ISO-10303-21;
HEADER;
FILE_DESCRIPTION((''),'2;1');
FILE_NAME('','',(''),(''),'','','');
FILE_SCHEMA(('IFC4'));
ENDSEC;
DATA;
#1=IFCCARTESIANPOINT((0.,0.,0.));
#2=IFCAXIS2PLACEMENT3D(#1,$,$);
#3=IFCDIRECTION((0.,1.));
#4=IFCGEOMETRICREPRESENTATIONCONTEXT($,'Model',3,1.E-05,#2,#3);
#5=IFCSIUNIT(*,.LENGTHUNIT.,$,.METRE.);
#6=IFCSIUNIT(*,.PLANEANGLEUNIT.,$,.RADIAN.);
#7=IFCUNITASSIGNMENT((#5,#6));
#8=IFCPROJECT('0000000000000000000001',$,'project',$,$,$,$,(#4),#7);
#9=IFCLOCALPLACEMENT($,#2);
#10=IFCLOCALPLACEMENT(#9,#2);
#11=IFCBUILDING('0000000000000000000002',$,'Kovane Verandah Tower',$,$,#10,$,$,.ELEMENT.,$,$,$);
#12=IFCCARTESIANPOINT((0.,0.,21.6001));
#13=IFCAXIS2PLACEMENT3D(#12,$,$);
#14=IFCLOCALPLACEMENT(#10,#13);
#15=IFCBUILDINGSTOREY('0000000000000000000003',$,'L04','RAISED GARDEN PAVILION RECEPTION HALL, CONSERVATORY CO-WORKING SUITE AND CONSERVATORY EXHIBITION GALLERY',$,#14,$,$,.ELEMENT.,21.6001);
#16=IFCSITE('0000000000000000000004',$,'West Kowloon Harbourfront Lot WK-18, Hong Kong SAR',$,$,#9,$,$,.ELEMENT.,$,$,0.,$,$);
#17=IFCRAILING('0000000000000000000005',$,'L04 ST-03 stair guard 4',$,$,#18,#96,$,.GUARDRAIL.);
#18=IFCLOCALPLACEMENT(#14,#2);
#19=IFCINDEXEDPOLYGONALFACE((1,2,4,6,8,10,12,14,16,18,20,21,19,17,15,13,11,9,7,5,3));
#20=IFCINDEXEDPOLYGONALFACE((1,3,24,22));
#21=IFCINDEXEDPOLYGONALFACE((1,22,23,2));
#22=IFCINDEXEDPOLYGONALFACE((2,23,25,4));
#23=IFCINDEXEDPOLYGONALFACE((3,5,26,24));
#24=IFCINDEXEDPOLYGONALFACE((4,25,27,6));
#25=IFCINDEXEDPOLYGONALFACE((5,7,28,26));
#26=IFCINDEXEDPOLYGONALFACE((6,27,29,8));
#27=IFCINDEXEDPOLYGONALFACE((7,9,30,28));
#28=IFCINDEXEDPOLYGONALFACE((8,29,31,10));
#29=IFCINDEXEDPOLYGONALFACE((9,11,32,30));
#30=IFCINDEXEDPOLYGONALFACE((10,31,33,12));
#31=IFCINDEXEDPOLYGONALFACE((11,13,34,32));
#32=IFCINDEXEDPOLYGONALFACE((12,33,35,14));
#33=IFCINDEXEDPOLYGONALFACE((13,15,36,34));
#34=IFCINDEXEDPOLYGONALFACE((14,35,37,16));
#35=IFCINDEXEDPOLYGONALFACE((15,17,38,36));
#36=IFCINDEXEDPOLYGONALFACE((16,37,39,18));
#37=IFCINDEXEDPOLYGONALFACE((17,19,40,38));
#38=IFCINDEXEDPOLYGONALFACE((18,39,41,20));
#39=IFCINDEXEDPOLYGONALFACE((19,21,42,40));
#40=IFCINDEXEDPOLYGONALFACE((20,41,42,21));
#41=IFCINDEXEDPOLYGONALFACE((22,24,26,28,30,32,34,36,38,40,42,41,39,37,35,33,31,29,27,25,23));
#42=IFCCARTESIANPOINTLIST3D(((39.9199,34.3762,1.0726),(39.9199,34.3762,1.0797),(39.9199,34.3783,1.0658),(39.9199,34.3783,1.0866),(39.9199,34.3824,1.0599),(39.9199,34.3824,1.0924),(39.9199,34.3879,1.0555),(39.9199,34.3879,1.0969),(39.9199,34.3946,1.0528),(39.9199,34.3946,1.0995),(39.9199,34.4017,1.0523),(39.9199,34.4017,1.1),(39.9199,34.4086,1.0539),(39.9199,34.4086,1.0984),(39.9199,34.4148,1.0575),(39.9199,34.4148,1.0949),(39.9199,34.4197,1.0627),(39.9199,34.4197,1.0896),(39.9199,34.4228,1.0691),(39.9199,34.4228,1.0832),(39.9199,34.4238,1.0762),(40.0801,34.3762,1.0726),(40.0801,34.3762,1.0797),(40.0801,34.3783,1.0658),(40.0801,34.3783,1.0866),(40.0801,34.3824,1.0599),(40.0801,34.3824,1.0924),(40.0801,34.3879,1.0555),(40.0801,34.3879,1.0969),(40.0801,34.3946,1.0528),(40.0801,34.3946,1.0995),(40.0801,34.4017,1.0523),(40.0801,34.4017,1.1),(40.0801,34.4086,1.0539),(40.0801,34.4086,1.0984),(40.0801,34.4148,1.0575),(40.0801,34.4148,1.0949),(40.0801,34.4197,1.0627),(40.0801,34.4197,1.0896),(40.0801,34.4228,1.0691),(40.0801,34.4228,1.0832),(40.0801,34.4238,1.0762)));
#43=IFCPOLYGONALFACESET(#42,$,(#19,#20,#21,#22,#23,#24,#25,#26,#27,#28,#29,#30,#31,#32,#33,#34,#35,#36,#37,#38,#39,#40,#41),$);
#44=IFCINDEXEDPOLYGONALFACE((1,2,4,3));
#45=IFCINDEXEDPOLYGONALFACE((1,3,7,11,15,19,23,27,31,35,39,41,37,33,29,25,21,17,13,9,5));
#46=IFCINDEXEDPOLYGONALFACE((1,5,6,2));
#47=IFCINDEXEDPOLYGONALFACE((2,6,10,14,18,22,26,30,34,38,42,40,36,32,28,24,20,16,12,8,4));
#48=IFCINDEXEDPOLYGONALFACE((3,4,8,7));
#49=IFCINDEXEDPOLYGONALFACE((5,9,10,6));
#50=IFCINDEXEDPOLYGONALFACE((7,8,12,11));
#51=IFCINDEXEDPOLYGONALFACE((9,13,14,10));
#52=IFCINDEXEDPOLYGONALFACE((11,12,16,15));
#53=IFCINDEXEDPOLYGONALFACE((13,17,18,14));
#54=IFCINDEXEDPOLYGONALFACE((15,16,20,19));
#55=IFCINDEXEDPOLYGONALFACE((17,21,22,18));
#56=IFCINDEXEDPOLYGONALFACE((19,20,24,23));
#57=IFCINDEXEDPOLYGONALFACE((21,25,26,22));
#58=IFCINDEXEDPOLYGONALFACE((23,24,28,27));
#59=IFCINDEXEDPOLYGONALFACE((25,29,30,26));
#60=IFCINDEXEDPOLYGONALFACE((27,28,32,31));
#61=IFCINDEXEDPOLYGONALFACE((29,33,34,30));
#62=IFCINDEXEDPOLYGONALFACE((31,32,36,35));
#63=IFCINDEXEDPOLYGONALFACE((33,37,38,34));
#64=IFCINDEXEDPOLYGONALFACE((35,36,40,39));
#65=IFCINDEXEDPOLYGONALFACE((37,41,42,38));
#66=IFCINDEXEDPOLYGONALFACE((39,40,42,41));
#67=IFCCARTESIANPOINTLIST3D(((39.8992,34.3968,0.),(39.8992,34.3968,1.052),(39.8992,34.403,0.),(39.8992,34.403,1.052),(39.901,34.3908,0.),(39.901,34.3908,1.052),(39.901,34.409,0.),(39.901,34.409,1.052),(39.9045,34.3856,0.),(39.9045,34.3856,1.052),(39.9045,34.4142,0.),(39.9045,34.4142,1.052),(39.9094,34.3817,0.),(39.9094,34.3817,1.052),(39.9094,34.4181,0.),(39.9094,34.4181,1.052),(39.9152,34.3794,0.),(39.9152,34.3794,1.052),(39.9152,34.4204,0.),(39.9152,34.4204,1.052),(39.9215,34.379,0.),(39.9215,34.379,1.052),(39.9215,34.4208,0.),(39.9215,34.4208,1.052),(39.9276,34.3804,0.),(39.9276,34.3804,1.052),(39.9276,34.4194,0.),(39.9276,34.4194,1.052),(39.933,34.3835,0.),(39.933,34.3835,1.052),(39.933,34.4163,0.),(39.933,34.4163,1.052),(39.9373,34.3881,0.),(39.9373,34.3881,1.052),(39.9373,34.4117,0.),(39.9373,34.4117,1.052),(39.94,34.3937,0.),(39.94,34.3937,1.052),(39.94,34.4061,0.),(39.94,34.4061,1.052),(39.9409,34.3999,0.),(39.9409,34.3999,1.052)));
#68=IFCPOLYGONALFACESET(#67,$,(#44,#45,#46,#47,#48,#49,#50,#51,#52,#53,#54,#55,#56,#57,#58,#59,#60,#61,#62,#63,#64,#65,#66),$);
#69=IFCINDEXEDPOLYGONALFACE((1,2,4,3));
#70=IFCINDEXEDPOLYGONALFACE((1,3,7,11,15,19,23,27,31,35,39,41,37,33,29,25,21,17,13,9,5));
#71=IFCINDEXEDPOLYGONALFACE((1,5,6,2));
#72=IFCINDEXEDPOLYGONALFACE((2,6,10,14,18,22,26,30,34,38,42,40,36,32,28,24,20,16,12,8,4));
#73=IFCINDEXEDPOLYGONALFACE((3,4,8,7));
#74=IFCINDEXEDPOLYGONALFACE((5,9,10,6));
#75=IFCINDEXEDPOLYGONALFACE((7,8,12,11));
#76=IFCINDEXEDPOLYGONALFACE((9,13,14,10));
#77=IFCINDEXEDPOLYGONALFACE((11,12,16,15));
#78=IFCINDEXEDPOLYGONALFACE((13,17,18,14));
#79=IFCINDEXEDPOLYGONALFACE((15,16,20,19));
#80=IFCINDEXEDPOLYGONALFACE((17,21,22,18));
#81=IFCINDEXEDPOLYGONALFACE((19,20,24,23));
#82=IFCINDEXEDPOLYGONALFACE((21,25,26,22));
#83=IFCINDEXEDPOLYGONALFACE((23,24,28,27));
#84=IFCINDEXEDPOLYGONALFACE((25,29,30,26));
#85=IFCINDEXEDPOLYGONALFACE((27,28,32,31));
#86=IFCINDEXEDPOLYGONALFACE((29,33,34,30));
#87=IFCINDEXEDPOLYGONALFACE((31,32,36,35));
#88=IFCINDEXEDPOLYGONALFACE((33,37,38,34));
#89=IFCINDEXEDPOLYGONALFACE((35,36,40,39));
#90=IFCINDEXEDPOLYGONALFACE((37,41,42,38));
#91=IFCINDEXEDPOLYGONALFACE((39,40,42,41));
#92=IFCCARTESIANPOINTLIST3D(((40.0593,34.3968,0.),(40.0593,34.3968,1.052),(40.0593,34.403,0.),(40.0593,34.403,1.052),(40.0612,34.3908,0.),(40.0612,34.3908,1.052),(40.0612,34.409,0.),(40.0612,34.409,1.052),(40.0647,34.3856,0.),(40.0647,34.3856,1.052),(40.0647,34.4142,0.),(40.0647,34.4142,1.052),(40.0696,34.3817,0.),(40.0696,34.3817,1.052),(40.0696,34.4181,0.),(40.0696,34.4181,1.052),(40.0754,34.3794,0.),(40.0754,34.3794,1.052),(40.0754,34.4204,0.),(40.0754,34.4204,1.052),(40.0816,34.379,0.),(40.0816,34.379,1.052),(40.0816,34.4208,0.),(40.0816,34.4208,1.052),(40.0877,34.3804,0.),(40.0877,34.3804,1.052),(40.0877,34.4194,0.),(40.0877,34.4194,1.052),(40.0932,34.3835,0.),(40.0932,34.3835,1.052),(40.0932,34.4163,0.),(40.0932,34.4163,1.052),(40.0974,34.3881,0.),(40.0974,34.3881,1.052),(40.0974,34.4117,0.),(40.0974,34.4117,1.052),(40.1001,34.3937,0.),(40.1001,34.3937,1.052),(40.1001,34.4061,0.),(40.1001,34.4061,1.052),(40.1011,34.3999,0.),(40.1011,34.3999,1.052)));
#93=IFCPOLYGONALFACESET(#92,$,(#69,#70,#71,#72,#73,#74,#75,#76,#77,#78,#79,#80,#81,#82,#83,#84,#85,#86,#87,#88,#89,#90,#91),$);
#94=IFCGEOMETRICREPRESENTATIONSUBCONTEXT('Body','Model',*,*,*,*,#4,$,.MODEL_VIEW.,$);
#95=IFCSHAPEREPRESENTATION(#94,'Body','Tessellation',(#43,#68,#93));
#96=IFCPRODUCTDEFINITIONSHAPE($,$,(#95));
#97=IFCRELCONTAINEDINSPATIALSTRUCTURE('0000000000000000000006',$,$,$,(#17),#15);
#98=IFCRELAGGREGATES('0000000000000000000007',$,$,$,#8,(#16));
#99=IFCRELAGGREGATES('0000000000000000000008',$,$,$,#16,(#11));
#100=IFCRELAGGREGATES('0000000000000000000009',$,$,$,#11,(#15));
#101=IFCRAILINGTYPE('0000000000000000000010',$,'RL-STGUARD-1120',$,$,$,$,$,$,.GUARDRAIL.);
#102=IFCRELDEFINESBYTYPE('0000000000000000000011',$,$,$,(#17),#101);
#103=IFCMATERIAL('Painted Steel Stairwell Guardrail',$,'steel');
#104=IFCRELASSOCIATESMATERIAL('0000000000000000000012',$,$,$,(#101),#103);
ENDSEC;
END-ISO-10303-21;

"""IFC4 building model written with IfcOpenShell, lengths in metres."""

from ifc_helpers import new_model, si_unit, direction, frame, origin, origin_2d, place, context, subcontext, project, spatial, circle, extrude, material, type_object, element, save


model = new_model("IFC4")

# Units and contexts
model_context = context("Model", 3, precision=1e-05, world=origin(), true_north=direction((0.0, 1.0)))
body_context = subcontext(model_context, "Body", "Model", "MODEL_VIEW")
ifc_project = project(units=[si_unit("LENGTHUNIT", "METRE"), si_unit("PLANEANGLEUNIT", "RADIAN")], contexts=[model_context])

# Site, building, storey
site_placement = place(None, origin())
site = spatial("IfcSite", under=ifc_project, at=site_placement, Name="West Kowloon Harbourfront Lot WK-18, Hong Kong SAR", CompositionType="ELEMENT", RefElevation=0.0)
building_placement = place(site_placement, origin())
building = spatial("IfcBuilding", under=site, at=building_placement, Name="Kovane Verandah Tower", CompositionType="ELEMENT")
storey_placement = place(building_placement, frame((0.0, 0.0, 21.6001)))
storey = spatial("IfcBuildingStorey", under=building, at=storey_placement, Name="L04", Description="RAISED GARDEN PAVILION RECEPTION HALL, CONSERVATORY CO-WORKING SUITE AND CONSERVATORY EXHIBITION GALLERY", CompositionType="ELEMENT", Elevation=21.6001)

# Railing
ifc_material_1 = material(Name="Painted Steel Stairwell Guardrail", Category="steel")
railing_type_1 = type_object("IfcRailingType", Name="RL-STGUARD-1120", PredefinedType="GUARDRAIL", material=ifc_material_1)
railing_1_placement = place(storey_placement, frame((39.9199, 34.3999, 0.0)))
element("IfcRailing", 1, at=railing_1_placement, inside=storey, type_object=railing_type_1, Name="L04 ST-03 stair guard 4", PredefinedType="GUARDRAIL", context=body_context, shape_type="SweptSolid", body=[
    extrude(circle(Radius=0.0239, at=origin_2d()), frame((0.0, 0.0, 1.0762), z_axis=(1.0, 0.0, 0.0), x_axis=(0.0, 1.0, 0.0)), (0.0, 0.0, 1.0), 0.1602),
    extrude(circle(Radius=0.021, at=origin_2d()), origin(), (0.0, 0.0, 1.0), 1.052),
    extrude(circle(Radius=0.021, at=origin_2d()), frame((0.1602, 0.0, 0.0)), (0.0, 0.0, 1.0), 1.052),
])

save(model, "model.ifc")
